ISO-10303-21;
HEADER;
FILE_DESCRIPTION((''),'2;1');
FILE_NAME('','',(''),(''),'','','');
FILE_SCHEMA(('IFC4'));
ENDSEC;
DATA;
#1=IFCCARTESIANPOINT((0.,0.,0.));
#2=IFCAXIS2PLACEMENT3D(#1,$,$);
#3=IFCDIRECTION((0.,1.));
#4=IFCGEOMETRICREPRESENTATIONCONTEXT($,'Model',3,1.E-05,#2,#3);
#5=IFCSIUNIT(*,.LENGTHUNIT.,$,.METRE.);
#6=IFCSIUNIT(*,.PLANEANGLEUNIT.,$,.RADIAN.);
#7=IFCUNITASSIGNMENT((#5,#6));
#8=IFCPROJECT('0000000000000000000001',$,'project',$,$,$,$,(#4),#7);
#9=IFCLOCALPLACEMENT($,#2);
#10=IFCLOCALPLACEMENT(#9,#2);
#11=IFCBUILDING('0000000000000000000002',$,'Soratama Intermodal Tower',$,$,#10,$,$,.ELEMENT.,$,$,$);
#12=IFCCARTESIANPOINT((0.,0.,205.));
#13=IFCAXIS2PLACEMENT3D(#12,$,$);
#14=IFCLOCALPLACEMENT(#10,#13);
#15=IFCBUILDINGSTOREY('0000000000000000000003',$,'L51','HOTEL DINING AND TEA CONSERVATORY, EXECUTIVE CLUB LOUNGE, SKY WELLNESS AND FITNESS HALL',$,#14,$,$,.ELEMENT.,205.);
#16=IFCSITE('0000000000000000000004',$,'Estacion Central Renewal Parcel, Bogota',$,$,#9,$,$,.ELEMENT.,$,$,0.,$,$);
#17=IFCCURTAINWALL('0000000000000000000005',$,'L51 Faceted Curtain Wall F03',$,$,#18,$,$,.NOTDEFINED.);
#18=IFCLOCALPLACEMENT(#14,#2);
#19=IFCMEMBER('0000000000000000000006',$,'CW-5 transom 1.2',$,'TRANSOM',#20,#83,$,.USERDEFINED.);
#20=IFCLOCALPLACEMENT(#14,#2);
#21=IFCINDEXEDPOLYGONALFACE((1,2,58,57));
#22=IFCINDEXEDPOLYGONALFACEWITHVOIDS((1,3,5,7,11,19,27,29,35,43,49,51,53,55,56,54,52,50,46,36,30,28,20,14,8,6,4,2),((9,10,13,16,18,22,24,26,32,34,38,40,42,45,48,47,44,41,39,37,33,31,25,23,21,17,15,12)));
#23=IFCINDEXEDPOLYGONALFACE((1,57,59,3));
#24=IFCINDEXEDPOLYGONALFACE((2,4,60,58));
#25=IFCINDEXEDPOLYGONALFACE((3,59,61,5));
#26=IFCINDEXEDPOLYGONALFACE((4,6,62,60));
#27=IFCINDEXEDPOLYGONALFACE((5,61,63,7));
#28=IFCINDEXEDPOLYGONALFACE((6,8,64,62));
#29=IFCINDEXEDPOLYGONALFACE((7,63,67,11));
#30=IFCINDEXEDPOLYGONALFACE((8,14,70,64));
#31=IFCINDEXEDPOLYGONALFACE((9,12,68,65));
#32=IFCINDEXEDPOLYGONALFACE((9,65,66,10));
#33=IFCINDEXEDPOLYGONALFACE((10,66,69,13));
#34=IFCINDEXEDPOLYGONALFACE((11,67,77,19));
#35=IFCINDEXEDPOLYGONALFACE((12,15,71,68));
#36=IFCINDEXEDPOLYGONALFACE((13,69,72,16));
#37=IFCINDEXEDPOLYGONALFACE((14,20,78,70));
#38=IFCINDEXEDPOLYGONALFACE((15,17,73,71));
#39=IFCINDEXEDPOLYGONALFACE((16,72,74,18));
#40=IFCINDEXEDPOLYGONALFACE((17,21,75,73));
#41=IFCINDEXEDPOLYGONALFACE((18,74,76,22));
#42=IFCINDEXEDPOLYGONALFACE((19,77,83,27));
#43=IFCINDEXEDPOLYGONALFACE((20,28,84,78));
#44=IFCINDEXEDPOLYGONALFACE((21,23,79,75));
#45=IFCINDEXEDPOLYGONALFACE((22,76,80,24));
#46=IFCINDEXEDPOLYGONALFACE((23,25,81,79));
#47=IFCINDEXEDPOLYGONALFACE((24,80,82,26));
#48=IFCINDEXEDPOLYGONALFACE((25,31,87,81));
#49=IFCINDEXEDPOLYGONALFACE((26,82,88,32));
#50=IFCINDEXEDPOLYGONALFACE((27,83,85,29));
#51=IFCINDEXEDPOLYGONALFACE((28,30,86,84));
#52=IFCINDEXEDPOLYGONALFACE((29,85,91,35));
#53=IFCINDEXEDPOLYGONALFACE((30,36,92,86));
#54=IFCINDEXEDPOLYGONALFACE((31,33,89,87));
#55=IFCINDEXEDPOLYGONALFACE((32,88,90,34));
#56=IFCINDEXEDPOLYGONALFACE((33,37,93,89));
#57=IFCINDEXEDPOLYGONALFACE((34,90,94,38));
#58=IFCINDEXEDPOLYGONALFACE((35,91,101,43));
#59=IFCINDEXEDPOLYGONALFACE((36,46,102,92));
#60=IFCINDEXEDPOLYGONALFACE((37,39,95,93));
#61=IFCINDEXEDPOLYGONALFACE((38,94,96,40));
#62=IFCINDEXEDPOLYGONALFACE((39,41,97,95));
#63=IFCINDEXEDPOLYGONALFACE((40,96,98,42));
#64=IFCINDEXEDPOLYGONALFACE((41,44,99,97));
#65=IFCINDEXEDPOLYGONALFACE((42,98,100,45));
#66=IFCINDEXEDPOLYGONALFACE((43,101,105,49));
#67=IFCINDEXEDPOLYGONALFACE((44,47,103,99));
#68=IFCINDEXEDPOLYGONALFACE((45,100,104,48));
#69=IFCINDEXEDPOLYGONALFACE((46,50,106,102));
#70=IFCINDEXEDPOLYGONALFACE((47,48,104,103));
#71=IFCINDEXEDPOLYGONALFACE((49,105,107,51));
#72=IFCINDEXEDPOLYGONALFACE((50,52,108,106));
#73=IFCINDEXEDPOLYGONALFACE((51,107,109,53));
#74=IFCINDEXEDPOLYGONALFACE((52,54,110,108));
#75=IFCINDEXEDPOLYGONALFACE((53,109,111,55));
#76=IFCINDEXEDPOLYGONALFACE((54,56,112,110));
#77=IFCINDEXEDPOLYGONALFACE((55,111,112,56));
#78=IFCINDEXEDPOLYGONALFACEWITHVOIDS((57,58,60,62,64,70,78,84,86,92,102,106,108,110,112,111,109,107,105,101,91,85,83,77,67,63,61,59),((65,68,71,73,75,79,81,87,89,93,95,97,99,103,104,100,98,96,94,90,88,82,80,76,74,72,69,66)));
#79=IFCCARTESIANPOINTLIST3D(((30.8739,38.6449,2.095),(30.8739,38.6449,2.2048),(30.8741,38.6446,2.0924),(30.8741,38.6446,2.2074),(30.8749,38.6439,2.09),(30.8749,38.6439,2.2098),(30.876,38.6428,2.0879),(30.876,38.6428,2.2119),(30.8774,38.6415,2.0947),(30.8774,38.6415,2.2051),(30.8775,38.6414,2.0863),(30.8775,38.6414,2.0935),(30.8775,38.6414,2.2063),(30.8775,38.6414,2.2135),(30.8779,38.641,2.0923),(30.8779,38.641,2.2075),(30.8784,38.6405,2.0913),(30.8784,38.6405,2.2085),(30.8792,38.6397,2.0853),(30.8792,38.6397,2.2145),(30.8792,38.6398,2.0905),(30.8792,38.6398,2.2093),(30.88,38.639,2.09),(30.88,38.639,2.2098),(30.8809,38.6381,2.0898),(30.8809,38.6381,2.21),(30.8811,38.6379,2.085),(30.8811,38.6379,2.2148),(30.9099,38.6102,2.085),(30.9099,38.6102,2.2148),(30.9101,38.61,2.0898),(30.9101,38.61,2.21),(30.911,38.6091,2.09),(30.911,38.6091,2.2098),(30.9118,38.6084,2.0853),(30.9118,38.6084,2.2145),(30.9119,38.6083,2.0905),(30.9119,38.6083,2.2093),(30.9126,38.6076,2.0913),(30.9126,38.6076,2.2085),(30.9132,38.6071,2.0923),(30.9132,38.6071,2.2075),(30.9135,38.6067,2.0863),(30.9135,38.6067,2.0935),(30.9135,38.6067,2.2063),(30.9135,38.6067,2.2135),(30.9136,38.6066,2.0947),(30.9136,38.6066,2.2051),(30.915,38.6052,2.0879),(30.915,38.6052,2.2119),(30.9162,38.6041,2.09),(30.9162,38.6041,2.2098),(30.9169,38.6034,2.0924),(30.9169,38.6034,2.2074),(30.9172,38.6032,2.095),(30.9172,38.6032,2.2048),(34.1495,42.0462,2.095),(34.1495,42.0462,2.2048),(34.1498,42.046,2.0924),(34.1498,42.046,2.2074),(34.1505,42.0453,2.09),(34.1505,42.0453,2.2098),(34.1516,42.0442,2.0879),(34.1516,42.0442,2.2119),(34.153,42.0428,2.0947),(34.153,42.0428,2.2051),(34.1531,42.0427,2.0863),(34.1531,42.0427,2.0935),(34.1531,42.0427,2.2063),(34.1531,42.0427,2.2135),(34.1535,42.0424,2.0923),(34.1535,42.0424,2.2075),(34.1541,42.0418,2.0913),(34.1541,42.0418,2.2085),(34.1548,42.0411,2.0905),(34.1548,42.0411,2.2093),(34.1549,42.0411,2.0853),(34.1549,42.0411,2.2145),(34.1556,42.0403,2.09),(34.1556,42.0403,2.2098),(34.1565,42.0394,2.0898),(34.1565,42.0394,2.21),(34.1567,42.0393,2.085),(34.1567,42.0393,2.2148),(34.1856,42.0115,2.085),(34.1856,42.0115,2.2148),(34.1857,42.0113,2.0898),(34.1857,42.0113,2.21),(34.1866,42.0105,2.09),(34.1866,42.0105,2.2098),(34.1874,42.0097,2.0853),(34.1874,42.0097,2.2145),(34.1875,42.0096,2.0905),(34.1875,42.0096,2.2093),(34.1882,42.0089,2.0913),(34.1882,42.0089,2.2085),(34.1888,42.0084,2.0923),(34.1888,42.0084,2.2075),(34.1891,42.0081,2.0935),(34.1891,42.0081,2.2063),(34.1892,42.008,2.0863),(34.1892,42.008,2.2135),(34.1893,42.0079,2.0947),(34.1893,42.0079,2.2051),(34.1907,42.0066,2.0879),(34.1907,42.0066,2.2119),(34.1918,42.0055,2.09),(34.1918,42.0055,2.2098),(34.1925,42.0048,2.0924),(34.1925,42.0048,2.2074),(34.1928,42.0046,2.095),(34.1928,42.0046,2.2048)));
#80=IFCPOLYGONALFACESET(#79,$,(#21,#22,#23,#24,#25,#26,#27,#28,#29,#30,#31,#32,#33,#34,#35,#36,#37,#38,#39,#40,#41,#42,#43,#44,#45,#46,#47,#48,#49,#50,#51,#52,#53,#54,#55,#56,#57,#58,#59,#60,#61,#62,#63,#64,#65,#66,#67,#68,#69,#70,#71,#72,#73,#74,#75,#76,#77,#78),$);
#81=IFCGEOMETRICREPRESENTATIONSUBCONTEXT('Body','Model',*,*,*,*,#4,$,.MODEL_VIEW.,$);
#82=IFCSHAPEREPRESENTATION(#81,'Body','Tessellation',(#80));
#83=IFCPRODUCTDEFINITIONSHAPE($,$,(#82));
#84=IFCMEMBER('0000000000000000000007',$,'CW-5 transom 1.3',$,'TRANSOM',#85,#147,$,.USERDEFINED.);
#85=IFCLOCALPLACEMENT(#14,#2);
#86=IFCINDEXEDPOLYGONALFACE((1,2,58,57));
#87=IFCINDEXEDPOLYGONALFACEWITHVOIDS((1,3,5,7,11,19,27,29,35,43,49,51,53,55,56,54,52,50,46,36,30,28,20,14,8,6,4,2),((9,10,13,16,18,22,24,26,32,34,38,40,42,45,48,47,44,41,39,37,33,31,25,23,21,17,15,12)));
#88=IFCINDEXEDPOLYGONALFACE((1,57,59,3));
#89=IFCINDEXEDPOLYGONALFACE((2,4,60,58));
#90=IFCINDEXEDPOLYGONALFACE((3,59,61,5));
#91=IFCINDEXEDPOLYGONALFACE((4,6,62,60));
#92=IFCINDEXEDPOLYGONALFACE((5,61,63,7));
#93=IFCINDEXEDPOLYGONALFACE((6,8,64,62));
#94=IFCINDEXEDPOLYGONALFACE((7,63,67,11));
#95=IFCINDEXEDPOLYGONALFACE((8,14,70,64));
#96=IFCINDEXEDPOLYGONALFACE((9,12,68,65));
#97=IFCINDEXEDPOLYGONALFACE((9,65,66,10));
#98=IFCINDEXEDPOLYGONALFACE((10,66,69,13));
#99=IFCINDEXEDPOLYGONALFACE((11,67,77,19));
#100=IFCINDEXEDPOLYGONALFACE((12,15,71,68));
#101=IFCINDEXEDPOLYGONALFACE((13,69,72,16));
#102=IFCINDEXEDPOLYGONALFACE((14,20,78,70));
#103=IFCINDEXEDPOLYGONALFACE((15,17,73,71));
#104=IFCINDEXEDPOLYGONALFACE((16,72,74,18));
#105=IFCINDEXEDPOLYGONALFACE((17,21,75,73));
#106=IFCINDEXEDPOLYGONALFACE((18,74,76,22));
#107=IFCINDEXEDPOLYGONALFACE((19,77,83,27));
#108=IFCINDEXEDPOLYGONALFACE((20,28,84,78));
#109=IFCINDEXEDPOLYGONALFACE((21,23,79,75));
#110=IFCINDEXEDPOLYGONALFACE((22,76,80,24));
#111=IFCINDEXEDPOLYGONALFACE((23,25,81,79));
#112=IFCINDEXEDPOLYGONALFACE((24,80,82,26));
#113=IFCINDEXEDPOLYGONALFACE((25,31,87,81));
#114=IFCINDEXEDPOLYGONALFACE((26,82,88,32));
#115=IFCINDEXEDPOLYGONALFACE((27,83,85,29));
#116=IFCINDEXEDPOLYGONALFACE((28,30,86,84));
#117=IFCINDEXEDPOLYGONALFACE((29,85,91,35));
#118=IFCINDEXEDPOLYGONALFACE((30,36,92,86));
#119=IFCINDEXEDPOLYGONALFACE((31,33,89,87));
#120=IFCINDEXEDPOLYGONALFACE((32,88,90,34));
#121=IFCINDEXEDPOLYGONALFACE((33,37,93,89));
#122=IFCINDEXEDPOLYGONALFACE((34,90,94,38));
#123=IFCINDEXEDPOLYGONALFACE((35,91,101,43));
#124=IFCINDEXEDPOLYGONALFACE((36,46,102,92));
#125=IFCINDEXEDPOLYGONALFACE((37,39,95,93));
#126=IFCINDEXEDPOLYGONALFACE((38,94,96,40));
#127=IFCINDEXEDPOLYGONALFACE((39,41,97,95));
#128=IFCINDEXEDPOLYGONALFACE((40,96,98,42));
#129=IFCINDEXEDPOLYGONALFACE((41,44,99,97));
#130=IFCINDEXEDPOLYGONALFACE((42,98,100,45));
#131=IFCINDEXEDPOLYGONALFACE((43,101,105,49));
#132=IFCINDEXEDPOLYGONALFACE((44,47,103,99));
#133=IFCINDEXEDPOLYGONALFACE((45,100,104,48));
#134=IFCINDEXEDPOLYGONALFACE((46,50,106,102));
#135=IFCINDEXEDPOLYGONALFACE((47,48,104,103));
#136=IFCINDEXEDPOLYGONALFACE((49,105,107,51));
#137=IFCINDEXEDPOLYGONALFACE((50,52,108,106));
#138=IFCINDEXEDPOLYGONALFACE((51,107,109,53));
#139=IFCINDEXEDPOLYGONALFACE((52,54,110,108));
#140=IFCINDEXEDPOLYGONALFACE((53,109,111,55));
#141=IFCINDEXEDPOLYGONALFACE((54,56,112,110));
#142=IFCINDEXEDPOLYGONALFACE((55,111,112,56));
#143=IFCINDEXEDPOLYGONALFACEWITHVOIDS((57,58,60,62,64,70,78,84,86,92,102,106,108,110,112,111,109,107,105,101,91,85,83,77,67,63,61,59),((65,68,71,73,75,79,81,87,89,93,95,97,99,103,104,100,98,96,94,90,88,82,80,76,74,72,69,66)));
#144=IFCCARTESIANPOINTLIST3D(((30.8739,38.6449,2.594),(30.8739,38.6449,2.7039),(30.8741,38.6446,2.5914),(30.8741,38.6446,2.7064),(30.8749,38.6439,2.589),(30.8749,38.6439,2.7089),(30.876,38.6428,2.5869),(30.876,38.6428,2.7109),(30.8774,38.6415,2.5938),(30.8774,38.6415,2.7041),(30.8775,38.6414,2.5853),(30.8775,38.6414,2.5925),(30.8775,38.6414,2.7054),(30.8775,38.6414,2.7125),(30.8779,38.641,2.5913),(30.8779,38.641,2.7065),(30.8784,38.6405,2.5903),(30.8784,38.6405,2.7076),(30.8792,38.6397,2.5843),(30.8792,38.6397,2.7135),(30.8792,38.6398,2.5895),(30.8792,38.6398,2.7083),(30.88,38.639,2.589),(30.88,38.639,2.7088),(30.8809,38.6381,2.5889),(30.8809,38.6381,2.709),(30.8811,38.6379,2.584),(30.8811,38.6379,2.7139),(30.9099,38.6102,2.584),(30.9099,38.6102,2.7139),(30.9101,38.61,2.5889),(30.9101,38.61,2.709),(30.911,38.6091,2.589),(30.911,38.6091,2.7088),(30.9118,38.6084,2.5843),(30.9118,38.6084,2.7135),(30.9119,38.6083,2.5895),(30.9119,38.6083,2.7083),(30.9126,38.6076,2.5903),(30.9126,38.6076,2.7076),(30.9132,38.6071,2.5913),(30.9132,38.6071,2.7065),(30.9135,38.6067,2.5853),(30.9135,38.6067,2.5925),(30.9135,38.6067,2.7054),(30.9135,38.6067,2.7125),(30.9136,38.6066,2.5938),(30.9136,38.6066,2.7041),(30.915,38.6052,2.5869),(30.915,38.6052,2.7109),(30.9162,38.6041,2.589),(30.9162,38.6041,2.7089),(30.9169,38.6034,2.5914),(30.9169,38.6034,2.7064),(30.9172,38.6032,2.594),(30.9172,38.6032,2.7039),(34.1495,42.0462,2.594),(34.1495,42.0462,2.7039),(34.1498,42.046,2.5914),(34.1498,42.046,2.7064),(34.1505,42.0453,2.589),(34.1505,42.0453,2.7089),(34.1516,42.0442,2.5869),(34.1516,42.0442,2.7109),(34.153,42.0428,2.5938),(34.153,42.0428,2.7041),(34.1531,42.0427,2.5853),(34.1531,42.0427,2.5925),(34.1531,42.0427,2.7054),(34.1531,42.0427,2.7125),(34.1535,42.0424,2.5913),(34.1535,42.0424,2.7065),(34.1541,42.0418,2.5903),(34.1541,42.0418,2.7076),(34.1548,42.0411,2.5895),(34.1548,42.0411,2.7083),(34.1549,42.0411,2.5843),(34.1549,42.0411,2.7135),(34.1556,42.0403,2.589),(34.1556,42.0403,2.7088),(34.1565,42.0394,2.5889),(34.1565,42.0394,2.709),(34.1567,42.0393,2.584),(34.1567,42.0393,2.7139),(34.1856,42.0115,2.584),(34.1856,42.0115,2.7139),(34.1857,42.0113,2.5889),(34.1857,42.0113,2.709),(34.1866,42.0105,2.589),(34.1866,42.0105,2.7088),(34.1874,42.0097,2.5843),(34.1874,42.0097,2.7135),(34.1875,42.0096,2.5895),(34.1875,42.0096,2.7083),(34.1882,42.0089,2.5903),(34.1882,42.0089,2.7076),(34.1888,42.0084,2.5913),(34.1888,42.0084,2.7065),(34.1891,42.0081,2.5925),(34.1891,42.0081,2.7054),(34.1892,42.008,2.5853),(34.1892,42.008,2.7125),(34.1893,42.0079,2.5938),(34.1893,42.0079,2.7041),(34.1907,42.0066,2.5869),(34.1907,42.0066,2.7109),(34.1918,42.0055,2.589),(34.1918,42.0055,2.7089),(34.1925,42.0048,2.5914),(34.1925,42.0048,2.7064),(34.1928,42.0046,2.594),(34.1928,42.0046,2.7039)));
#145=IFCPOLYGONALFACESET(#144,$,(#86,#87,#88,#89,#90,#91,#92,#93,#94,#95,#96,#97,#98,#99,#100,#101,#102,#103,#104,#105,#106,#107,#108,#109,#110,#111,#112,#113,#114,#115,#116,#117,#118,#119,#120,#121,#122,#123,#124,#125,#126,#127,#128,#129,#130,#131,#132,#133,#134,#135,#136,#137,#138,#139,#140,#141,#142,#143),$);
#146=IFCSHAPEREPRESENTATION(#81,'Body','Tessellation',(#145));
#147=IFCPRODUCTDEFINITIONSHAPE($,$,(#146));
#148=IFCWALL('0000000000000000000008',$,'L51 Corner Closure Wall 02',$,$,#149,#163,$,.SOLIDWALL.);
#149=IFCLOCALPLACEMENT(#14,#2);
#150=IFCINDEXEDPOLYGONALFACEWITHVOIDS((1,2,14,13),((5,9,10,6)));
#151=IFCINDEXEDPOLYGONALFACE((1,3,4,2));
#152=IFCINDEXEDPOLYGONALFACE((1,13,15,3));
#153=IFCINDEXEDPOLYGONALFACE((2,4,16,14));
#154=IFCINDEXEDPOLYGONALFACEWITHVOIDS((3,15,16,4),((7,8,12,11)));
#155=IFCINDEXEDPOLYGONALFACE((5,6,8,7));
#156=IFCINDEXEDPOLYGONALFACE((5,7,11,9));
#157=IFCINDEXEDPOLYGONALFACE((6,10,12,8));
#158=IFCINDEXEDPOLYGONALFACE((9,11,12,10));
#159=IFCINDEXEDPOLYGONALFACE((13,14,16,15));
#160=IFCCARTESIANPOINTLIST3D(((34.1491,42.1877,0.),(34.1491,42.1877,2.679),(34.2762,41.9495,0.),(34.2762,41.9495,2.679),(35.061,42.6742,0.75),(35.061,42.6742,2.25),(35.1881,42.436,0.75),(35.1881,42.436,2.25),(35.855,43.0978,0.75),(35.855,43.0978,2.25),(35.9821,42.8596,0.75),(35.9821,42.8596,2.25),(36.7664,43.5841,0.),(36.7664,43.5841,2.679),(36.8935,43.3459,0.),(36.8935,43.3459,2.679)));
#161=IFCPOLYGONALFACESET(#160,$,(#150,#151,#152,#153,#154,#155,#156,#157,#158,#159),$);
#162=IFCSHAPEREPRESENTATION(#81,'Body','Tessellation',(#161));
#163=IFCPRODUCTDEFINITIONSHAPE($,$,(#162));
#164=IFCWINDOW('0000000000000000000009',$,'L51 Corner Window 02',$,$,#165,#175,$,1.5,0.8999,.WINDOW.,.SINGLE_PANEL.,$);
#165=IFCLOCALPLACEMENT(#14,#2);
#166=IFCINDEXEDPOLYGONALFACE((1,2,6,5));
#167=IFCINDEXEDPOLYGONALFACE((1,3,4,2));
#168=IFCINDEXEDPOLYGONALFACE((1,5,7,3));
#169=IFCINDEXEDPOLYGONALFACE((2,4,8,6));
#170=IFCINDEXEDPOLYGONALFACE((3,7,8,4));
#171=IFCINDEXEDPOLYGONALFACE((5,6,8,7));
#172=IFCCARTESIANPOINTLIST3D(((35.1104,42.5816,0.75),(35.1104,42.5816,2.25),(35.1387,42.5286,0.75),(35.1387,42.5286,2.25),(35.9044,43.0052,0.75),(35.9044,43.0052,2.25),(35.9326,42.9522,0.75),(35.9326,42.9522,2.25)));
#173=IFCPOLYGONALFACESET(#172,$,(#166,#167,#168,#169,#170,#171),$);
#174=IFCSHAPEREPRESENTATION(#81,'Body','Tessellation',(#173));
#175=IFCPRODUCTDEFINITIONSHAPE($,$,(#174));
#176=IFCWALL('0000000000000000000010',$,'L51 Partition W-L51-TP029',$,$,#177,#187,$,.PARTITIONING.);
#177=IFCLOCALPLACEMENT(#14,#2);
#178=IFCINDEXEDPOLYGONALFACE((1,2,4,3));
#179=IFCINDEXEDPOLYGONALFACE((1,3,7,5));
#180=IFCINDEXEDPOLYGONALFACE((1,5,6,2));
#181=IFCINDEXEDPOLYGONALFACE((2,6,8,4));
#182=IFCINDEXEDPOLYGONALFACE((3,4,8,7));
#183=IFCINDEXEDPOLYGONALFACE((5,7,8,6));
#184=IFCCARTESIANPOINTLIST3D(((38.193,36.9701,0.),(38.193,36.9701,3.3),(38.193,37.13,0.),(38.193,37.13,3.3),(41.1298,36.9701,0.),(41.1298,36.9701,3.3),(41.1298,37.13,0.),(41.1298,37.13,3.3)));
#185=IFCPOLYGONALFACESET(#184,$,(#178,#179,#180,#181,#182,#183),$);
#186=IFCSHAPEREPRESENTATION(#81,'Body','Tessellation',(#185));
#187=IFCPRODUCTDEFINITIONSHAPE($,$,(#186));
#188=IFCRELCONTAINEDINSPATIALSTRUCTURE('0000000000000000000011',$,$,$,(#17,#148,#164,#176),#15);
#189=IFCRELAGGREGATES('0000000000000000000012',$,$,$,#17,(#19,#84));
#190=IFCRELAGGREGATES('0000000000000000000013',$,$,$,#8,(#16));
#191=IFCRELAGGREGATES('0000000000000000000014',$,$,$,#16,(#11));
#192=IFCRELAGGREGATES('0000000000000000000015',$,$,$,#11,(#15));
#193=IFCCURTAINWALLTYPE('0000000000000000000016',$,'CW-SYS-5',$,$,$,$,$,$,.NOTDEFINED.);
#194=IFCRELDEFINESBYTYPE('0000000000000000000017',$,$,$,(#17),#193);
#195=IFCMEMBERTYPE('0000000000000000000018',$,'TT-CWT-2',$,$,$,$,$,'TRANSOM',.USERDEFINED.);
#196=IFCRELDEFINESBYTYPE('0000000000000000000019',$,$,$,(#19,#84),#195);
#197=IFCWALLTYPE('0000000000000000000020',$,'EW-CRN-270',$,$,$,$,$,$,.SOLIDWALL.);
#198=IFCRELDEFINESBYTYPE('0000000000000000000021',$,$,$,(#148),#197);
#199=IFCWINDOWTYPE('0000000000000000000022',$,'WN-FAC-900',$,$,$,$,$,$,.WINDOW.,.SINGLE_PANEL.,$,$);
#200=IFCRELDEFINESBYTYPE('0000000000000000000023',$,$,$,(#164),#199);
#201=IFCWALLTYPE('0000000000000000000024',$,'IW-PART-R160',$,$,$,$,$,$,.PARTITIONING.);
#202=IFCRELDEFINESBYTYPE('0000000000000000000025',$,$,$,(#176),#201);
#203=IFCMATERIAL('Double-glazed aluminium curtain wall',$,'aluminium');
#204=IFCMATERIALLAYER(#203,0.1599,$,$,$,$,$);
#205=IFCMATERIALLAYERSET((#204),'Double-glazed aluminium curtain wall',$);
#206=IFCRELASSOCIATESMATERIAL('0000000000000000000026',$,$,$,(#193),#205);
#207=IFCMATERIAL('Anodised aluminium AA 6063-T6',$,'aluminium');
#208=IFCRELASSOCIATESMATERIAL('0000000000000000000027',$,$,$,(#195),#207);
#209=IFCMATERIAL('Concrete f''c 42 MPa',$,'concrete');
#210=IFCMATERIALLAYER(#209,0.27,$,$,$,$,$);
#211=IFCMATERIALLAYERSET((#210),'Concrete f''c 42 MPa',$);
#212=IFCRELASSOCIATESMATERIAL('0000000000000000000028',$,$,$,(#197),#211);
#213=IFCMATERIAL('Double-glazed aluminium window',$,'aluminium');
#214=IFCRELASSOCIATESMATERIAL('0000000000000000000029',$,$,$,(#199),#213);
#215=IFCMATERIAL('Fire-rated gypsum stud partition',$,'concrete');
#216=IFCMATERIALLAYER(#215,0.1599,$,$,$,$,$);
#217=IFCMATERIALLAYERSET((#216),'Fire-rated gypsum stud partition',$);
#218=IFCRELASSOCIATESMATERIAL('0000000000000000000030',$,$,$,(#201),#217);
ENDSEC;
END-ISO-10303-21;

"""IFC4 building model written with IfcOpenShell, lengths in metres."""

from ifc_helpers import new_model, si_unit, direction, frame, frame_2d, origin, origin_2d, place, context, subcontext, project, spatial, rectangle, hollow_rectangle, extrude, material, layer, layer_set, material_profile, profile_set, type_object, element, fill, aggregate, save


model = new_model("IFC4")

# Units and contexts
model_context = context("Model", 3, precision=1e-05, world=origin(), true_north=direction((0.0, 1.0)))
body_context = subcontext(model_context, "Body", "Model", "MODEL_VIEW")
ifc_project = project(units=[si_unit("LENGTHUNIT", "METRE"), si_unit("PLANEANGLEUNIT", "RADIAN")], contexts=[model_context])

# Site, building, storey
site_placement = place(None, origin())
site = spatial("IfcSite", under=ifc_project, at=site_placement, Name="Estacion Central Renewal Parcel, Bogota", CompositionType="ELEMENT", RefElevation=0.0)
building_placement = place(site_placement, origin())
building = spatial("IfcBuilding", under=site, at=building_placement, Name="Soratama Intermodal Tower", CompositionType="ELEMENT")
storey_placement = place(building_placement, frame((0.0, 0.0, 205.0)))
storey = spatial("IfcBuildingStorey", under=building, at=storey_placement, Name="L51", Description="HOTEL DINING AND TEA CONSERVATORY, EXECUTIVE CLUB LOUNGE, SKY WELLNESS AND FITNESS HALL", CompositionType="ELEMENT", Elevation=205.0)

# Curtain wall, members
ifc_material_1 = material(Name="Double-glazed aluminium curtain wall", Category="aluminium")
ifc_layer_1 = layer(ifc_material_1, 0.1599)
ifc_layer_set_1 = layer_set([ifc_layer_1], Name="Double-glazed aluminium curtain wall")
curtain_wall_type = type_object("IfcCurtainWallType", Name="CW-SYS-5", PredefinedType="NOTDEFINED", material=ifc_layer_set_1)
curtain_wall_placement = place(storey_placement, origin())
curtain_wall = element("IfcCurtainWall", 1, at=curtain_wall_placement, inside=storey, type_object=curtain_wall_type, Name="L51 Faceted Curtain Wall F03", PredefinedType="NOTDEFINED")
ifc_material_2 = material(Name="Anodised aluminium AA 6063-T6", Category="aluminium")
ifc_material_profile_1 = material_profile(ifc_material_2, hollow_rectangle(XDim=0.0601, YDim=0.1299, WallThickness=0.0049, InnerFilletRadius=0.0049, OuterFilletRadius=0.01, at=origin_2d()), Name="CWT130X60X5")
ifc_profile_set_1 = profile_set([ifc_material_profile_1], Name="Anodised aluminium AA 6063-T6")
member_type_1 = type_object("IfcMemberType", Name="TT-CWT-2", ElementType="TRANSOM", PredefinedType="USERDEFINED", material=ifc_profile_set_1)
member_1_placement = place(storey_placement, frame((34.1711, 42.0254, 2.1499), z_axis=(-0.693669, -0.720294, 0.0), x_axis=(0.720294, -0.693669, 0.0)))
member_1 = element("IfcMember", 2, at=member_1_placement, type_object=member_type_1, Name="CW-5 transom 1.2", ObjectType="TRANSOM", PredefinedType="USERDEFINED", context=body_context, shape_type="SweptSolid", body=[
    extrude(hollow_rectangle(XDim=0.0601, YDim=0.1299, WallThickness=0.0049, InnerFilletRadius=0.0049, OuterFilletRadius=0.01, at=origin_2d()), origin(), (0.0, 0.0, 1.0), 4.7222),
])
member_2_placement = place(storey_placement, frame((34.1711, 42.0254, 2.6489), z_axis=(-0.693669, -0.720294, 0.0), x_axis=(0.720294, -0.693669, 0.0)))
member_2 = element("IfcMember", 3, at=member_2_placement, type_object=member_type_1, Name="CW-5 transom 1.3", ObjectType="TRANSOM", PredefinedType="USERDEFINED", context=body_context, shape_type="SweptSolid", body=[
    extrude(hollow_rectangle(XDim=0.0601, YDim=0.1299, WallThickness=0.0049, InnerFilletRadius=0.0049, OuterFilletRadius=0.01, at=origin_2d()), origin(), (0.0, 0.0, 1.0), 4.7222),
])
aggregate(curtain_wall, [member_1, member_2])

# Wall, opening, window
ifc_material_3 = material(Name="Concrete f'c 42 MPa", Category="concrete")
ifc_layer_2 = layer(ifc_material_3, 0.27)
ifc_layer_set_2 = layer_set([ifc_layer_2], Name="Concrete f'c 42 MPa")
wall_type_1 = type_object("IfcWallType", Name="EW-CRN-270", PredefinedType="SOLIDWALL", material=ifc_layer_set_2)
wall_1_placement = place(storey_placement, frame((36.8301, 43.4651, 0.0), z_axis=(0.0, 0.0, 1.0), x_axis=(-0.88228, -0.470725, 0.0)))
wall_1 = element("IfcWall", 4, at=wall_1_placement, inside=storey, type_object=wall_type_1, Name="L51 Corner Closure Wall 02", PredefinedType="SOLIDWALL", context=body_context, shape_type="SweptSolid", body=[
    extrude(rectangle(XDim=2.9666, YDim=0.27, at=frame_2d((1.4834, 0.0))), origin(), (0.0, 0.0, 1.0), 2.679),
])
opening_1_placement = place(wall_1_placement, frame((1.0332, 0.0, 0.75)))
opening_1 = element("IfcOpeningElement", 5, at=opening_1_placement, cuts=wall_1, PredefinedType="OPENING", context=body_context, shape_type="SweptSolid", body=[
    extrude(rectangle(XDim=0.8999, YDim=1.5, at=frame_2d((0.45, 0.75))), frame((0.0, 0.145, 0.0), z_axis=(0.0, -1.0, 0.0), x_axis=(1.0, 0.0, 0.0)), (0.0, 0.0, 1.0), 0.29),
])
ifc_material_4 = material(Name="Double-glazed aluminium window", Category="aluminium")
window_type = type_object("IfcWindowType", Name="WN-FAC-900", PartitioningType="SINGLE_PANEL", PredefinedType="WINDOW", material=ifc_material_4)
window_placement = place(opening_1_placement, origin())
window = element("IfcWindow", 6, at=window_placement, inside=storey, type_object=window_type, Name="L51 Corner Window 02", OverallHeight=1.5, OverallWidth=0.8999, PartitioningType="SINGLE_PANEL", PredefinedType="WINDOW", context=body_context, shape_type="SweptSolid", body=[
    extrude(rectangle(XDim=0.8999, YDim=1.5, at=frame_2d((0.45, 0.75))), frame((0.0, 0.03, 0.0), z_axis=(0.0, -1.0, 0.0), x_axis=(1.0, 0.0, 0.0)), (0.0, 0.0, 1.0), 0.0601),
])
fill(opening_1, window)

# Shared definitions
ifc_material_5 = material(Name="Fire-rated gypsum stud partition", Category="concrete")
ifc_layer_3 = layer(ifc_material_5, 0.1599)
ifc_layer_set_3 = layer_set([ifc_layer_3], Name="Fire-rated gypsum stud partition")
wall_type_2 = type_object("IfcWallType", Name="IW-PART-R160", PredefinedType="PARTITIONING", material=ifc_layer_set_3)

# Wall
wall_2_placement = place(storey_placement, frame((38.1931, 37.05, 0.0), z_axis=(0.0, 0.0, 1.0), x_axis=(1.0, 0.0, 0.0)))
element("IfcWall", 7, at=wall_2_placement, inside=storey, type_object=wall_type_2, Name="L51 Partition W-L51-TP029", PredefinedType="PARTITIONING", context=body_context, shape_type="SweptSolid", body=[
    extrude(rectangle(XDim=2.9368, YDim=0.1599, at=frame_2d((1.4683, 0.0))), origin(), (0.0, 0.0, 1.0), 3.3),
])

save(model, "model.ifc")
